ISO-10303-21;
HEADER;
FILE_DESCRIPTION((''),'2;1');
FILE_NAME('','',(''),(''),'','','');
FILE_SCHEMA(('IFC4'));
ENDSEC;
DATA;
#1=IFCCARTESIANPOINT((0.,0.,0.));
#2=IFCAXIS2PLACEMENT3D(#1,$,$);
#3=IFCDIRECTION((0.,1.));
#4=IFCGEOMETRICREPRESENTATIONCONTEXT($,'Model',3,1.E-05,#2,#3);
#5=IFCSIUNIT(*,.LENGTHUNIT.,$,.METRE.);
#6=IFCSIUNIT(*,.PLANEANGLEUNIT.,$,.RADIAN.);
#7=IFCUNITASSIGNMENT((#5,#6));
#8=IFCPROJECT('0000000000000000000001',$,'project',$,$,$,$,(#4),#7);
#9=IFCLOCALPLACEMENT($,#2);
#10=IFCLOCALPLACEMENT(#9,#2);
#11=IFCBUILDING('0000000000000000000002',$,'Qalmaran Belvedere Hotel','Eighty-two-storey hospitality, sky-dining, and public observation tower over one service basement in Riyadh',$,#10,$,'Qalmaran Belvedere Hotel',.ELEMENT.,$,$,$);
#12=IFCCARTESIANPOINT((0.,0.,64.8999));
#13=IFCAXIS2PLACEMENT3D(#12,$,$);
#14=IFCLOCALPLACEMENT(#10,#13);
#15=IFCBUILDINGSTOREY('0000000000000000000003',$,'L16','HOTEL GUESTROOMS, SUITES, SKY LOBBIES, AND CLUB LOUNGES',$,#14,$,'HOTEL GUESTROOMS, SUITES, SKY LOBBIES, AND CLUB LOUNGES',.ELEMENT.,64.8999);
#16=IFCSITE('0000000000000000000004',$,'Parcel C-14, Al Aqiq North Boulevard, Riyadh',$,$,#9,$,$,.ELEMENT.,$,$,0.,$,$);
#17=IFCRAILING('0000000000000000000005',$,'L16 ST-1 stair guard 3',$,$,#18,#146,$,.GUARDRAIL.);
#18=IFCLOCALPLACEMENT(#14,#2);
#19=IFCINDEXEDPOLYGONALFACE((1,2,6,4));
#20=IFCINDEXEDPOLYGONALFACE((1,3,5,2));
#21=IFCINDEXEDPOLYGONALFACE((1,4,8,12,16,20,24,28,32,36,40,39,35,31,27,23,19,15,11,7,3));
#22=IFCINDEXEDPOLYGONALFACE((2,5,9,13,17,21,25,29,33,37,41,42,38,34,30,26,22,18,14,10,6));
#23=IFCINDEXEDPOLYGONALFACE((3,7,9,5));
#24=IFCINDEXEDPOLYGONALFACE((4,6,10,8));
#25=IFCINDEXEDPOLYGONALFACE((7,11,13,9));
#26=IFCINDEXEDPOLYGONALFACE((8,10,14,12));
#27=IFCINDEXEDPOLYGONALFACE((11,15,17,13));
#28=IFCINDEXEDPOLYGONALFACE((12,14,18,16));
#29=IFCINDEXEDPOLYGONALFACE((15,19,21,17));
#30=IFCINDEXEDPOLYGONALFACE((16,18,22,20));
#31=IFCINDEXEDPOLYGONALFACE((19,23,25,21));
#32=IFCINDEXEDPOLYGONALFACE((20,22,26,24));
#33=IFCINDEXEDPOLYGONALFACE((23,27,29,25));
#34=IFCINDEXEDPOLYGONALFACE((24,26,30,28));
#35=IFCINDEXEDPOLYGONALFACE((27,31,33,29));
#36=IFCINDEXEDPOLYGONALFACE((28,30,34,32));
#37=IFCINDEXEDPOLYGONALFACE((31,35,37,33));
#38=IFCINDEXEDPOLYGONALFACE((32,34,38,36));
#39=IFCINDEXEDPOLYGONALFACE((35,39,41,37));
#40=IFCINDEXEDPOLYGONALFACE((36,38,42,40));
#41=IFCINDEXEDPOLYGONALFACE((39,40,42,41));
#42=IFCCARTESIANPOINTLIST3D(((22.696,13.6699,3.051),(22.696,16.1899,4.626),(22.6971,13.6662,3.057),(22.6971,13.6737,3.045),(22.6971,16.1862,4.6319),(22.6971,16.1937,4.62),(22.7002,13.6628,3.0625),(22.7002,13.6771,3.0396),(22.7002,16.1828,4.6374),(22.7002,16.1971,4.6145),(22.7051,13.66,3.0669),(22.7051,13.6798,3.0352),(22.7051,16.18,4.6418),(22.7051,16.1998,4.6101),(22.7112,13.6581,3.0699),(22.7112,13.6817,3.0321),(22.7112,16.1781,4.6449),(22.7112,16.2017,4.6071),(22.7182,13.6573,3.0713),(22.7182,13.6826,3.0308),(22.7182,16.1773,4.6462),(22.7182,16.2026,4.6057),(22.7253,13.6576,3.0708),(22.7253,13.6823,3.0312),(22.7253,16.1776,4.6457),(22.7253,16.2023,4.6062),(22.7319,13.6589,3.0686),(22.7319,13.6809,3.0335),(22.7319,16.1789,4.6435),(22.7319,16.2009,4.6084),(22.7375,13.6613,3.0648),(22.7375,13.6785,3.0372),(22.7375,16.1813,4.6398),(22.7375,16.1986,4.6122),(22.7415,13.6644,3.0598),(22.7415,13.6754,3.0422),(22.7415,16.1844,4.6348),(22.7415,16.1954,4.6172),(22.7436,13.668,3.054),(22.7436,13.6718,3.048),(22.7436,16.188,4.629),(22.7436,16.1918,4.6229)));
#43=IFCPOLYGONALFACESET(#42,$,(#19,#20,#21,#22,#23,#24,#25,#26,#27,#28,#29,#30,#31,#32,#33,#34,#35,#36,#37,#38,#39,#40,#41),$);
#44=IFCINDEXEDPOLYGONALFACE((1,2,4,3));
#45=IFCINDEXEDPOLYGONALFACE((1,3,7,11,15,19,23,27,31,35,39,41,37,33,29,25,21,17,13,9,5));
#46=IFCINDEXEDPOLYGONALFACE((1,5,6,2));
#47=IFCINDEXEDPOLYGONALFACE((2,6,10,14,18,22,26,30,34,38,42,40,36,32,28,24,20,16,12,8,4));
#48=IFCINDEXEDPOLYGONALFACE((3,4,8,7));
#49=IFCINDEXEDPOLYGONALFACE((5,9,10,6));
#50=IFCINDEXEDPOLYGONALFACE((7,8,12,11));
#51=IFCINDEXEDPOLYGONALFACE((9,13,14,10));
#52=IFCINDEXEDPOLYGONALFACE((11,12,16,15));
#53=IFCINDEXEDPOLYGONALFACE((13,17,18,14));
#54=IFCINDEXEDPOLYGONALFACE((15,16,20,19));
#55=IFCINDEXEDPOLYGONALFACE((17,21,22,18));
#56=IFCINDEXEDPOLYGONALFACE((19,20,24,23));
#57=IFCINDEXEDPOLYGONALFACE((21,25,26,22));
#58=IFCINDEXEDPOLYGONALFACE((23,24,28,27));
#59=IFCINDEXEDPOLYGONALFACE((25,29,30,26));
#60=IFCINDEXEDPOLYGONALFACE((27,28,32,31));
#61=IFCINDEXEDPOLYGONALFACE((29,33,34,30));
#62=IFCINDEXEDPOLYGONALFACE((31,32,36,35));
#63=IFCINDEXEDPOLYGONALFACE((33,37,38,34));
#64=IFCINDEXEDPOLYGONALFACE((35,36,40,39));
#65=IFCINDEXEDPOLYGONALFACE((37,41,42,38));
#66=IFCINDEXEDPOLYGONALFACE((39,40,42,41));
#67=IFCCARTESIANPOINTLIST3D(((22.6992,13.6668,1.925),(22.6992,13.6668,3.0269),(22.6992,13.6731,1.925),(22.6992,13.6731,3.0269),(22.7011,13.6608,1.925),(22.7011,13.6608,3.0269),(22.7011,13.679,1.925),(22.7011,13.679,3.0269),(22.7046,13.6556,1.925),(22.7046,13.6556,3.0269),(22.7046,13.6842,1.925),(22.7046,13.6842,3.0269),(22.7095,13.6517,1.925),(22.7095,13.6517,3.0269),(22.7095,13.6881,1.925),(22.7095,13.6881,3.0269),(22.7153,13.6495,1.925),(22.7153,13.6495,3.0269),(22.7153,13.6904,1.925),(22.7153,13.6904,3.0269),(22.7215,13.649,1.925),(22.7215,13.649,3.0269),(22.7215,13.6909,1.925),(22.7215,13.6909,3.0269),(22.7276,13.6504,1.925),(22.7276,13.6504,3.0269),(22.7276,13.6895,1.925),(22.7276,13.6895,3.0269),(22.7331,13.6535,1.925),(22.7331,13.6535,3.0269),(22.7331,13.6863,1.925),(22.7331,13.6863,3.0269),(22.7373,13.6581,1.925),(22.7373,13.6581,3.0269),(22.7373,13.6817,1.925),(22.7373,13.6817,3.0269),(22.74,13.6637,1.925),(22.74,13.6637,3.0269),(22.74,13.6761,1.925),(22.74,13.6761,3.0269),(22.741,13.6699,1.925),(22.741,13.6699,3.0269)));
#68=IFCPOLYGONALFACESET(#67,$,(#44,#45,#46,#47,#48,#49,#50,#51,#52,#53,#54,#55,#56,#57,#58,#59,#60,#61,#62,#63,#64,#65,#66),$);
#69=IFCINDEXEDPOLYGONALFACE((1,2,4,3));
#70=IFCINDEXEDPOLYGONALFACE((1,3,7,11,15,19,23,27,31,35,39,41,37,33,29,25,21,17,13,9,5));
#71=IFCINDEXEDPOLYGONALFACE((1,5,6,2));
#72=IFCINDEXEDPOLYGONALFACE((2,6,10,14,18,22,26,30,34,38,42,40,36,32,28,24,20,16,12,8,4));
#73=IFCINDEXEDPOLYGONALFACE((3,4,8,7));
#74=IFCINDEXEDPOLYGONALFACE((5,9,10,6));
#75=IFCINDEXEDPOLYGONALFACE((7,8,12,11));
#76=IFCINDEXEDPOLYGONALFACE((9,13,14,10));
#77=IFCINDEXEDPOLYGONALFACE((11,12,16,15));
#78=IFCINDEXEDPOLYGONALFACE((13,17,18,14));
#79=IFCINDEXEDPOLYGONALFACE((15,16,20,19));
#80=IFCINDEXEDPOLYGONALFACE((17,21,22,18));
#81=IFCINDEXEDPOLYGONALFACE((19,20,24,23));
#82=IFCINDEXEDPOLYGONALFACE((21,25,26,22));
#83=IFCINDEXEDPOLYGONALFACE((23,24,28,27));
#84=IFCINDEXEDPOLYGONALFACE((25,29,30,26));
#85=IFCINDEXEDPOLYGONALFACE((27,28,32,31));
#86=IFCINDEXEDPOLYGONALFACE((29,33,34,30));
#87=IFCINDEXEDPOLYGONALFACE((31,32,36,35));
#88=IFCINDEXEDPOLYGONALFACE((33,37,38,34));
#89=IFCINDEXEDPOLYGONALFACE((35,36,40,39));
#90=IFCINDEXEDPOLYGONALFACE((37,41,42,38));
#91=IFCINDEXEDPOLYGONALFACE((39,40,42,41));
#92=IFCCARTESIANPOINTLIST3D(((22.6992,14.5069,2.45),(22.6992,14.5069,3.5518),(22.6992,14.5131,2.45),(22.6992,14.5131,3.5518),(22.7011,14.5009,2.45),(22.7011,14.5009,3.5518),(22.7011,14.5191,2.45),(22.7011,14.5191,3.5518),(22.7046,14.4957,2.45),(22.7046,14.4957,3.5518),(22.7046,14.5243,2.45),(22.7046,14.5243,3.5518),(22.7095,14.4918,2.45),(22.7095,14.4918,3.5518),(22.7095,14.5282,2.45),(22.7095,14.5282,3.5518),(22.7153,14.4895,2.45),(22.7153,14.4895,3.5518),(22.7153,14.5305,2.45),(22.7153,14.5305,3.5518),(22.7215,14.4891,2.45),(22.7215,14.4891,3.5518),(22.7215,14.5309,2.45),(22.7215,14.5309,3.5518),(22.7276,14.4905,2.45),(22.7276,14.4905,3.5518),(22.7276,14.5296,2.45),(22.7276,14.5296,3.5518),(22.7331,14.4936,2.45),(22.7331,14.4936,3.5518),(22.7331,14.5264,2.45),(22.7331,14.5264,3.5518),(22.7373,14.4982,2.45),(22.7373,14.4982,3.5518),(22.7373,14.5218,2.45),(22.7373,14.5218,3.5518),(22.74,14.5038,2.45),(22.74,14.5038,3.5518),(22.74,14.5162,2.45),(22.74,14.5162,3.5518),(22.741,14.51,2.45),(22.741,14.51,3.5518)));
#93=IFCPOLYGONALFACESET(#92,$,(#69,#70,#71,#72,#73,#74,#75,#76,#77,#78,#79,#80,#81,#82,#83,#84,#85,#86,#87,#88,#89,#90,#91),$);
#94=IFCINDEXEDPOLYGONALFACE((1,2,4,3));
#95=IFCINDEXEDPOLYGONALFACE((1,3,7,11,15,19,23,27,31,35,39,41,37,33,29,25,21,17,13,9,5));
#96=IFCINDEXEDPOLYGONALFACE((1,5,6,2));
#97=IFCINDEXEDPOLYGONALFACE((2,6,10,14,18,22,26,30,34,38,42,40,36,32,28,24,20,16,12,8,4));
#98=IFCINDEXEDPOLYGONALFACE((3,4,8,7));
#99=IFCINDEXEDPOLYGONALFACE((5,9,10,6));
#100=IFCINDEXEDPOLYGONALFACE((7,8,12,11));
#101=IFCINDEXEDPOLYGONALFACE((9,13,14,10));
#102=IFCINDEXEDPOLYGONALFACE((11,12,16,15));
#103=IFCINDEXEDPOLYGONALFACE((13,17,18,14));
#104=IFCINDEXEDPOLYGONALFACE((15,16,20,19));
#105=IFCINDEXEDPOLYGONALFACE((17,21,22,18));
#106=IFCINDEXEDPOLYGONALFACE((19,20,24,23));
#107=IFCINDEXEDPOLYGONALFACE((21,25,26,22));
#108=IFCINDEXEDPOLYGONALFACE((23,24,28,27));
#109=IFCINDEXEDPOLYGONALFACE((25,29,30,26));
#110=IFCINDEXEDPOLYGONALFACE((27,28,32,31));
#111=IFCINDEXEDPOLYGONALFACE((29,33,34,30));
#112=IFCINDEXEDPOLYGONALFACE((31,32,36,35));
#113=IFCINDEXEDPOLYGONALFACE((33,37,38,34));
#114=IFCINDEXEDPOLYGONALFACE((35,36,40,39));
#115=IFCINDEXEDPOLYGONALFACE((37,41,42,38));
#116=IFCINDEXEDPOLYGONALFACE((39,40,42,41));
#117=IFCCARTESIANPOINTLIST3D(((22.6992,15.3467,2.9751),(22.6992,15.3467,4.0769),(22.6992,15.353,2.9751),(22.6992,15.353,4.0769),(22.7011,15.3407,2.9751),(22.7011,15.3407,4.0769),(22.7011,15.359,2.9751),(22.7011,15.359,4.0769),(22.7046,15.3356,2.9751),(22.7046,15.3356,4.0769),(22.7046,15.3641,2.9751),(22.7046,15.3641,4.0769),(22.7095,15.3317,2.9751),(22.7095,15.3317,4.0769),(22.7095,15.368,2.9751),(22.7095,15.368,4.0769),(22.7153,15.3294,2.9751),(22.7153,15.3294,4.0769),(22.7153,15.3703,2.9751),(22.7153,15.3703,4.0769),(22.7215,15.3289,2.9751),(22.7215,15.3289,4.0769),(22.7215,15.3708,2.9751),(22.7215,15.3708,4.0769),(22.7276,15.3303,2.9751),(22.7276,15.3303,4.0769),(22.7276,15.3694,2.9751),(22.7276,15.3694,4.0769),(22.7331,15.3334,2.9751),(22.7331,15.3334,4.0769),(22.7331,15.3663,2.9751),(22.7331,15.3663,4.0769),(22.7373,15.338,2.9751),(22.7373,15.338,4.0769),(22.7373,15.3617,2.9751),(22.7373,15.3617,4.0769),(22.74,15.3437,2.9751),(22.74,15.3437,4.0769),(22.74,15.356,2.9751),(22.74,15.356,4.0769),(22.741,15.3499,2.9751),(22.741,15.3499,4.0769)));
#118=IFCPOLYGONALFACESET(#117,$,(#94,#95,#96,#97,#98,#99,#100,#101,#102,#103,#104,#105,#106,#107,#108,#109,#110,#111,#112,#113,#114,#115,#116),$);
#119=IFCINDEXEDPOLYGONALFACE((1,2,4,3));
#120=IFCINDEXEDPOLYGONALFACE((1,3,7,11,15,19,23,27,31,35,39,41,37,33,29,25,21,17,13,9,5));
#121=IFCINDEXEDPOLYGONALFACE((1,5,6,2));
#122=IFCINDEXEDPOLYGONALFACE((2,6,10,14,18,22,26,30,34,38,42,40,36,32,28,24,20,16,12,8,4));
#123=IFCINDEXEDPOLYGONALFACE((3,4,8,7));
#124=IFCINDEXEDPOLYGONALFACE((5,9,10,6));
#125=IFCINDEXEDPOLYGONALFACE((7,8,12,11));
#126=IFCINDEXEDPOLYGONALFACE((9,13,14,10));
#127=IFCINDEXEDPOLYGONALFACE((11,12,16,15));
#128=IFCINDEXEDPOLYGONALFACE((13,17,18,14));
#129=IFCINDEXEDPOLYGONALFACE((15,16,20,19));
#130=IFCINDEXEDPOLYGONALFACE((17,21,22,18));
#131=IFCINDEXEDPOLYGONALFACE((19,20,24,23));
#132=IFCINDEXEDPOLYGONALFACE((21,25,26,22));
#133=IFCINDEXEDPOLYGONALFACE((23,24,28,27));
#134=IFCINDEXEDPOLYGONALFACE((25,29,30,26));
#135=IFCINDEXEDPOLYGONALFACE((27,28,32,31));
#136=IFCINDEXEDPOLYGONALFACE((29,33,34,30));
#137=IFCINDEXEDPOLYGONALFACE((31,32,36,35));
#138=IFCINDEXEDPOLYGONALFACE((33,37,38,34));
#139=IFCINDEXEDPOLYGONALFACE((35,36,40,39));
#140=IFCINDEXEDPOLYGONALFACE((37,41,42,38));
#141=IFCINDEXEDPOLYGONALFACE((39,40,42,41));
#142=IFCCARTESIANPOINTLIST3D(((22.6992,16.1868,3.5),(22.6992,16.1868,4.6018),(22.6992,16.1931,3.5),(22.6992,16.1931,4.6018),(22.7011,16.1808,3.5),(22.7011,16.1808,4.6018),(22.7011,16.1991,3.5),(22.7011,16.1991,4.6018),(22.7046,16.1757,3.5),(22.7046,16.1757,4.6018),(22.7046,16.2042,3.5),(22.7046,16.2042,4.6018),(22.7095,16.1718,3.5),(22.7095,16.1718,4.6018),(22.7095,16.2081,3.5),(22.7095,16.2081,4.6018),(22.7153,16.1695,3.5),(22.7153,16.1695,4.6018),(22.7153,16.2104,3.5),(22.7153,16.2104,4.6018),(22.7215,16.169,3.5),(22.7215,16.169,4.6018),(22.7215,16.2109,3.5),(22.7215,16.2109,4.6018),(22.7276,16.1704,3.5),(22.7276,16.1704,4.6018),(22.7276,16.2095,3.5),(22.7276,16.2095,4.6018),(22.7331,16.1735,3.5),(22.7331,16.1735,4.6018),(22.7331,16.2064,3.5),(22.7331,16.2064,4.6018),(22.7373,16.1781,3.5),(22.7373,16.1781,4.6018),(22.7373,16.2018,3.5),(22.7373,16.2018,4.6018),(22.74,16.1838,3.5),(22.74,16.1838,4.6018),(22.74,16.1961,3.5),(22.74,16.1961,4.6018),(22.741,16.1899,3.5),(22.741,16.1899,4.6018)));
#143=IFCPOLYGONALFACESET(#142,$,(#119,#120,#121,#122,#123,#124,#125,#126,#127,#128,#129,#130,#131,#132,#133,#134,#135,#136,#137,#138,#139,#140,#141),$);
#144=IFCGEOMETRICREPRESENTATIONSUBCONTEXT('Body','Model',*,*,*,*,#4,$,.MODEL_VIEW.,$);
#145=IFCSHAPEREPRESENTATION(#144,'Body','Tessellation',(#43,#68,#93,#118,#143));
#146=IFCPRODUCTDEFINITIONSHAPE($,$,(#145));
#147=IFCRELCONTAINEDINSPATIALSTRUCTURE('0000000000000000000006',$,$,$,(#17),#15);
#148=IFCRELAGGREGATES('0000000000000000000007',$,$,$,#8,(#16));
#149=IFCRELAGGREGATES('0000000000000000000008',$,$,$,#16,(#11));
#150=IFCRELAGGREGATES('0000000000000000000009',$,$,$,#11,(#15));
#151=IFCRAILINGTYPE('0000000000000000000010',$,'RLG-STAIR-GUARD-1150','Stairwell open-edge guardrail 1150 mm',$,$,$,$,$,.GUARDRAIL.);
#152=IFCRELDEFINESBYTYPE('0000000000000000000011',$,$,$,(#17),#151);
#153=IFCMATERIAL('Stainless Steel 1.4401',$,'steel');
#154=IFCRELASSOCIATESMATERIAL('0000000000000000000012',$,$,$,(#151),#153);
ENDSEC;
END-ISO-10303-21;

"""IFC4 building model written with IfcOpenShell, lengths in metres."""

from ifc_helpers import new_model, si_unit, direction, frame, origin, origin_2d, place, context, subcontext, project, spatial, circle, extrude, material, type_object, element, save


model = new_model("IFC4")

# Units and contexts
model_context = context("Model", 3, precision=1e-05, world=origin(), true_north=direction((0.0, 1.0)))
body_context = subcontext(model_context, "Body", "Model", "MODEL_VIEW")
ifc_project = project(units=[si_unit("LENGTHUNIT", "METRE"), si_unit("PLANEANGLEUNIT", "RADIAN")], contexts=[model_context])

# Site, building, storey
site_placement = place(None, origin())
site = spatial("IfcSite", under=ifc_project, at=site_placement, Name="Parcel C-14, Al Aqiq North Boulevard, Riyadh", CompositionType="ELEMENT", RefElevation=0.0)
building_placement = place(site_placement, origin())
building = spatial("IfcBuilding", under=site, at=building_placement, Name="Qalmaran Belvedere Hotel", Description="Eighty-two-storey hospitality, sky-dining, and public observation tower over one service basement in Riyadh", LongName="Qalmaran Belvedere Hotel", CompositionType="ELEMENT")
storey_placement = place(building_placement, frame((0.0, 0.0, 64.8999)))
storey = spatial("IfcBuildingStorey", under=building, at=storey_placement, Name="L16", Description="HOTEL GUESTROOMS, SUITES, SKY LOBBIES, AND CLUB LOUNGES", LongName="HOTEL GUESTROOMS, SUITES, SKY LOBBIES, AND CLUB LOUNGES", CompositionType="ELEMENT", Elevation=64.8999)

# Railing
ifc_material_1 = material(Name="Stainless Steel 1.4401", Category="steel")
railing_type_1 = type_object("IfcRailingType", Name="RLG-STAIR-GUARD-1150", Description="Stairwell open-edge guardrail 1150 mm", PredefinedType="GUARDRAIL", material=ifc_material_1)
railing_1_placement = place(storey_placement, frame((22.72, 13.6699, 1.925)))
element("IfcRailing", 1, at=railing_1_placement, inside=storey, type_object=railing_type_1, Name="L16 ST-1 stair guard 3", PredefinedType="GUARDRAIL", context=body_context, shape_type="SweptSolid", body=[
    extrude(circle(Radius=0.0239, at=origin_2d()), frame((0.0, 0.0, 1.126), z_axis=(0.0, 0.848008, 0.529984), x_axis=(-1.0, 0.0, 0.0)), (0.0, 0.0, 1.0), 2.9717),
    extrude(circle(Radius=0.021, at=origin_2d()), origin(), (0.0, 0.0, 1.0), 1.1018),
    extrude(circle(Radius=0.021, at=origin_2d()), frame((0.0, 0.8401, 0.5249)), (0.0, 0.0, 1.0), 1.1018),
    extrude(circle(Radius=0.021, at=origin_2d()), frame((0.0, 1.6799, 1.05)), (0.0, 0.0, 1.0), 1.1018),
    extrude(circle(Radius=0.021, at=origin_2d()), frame((0.0, 2.52, 1.575)), (0.0, 0.0, 1.0), 1.1018),
])

save(model, "model.ifc")
